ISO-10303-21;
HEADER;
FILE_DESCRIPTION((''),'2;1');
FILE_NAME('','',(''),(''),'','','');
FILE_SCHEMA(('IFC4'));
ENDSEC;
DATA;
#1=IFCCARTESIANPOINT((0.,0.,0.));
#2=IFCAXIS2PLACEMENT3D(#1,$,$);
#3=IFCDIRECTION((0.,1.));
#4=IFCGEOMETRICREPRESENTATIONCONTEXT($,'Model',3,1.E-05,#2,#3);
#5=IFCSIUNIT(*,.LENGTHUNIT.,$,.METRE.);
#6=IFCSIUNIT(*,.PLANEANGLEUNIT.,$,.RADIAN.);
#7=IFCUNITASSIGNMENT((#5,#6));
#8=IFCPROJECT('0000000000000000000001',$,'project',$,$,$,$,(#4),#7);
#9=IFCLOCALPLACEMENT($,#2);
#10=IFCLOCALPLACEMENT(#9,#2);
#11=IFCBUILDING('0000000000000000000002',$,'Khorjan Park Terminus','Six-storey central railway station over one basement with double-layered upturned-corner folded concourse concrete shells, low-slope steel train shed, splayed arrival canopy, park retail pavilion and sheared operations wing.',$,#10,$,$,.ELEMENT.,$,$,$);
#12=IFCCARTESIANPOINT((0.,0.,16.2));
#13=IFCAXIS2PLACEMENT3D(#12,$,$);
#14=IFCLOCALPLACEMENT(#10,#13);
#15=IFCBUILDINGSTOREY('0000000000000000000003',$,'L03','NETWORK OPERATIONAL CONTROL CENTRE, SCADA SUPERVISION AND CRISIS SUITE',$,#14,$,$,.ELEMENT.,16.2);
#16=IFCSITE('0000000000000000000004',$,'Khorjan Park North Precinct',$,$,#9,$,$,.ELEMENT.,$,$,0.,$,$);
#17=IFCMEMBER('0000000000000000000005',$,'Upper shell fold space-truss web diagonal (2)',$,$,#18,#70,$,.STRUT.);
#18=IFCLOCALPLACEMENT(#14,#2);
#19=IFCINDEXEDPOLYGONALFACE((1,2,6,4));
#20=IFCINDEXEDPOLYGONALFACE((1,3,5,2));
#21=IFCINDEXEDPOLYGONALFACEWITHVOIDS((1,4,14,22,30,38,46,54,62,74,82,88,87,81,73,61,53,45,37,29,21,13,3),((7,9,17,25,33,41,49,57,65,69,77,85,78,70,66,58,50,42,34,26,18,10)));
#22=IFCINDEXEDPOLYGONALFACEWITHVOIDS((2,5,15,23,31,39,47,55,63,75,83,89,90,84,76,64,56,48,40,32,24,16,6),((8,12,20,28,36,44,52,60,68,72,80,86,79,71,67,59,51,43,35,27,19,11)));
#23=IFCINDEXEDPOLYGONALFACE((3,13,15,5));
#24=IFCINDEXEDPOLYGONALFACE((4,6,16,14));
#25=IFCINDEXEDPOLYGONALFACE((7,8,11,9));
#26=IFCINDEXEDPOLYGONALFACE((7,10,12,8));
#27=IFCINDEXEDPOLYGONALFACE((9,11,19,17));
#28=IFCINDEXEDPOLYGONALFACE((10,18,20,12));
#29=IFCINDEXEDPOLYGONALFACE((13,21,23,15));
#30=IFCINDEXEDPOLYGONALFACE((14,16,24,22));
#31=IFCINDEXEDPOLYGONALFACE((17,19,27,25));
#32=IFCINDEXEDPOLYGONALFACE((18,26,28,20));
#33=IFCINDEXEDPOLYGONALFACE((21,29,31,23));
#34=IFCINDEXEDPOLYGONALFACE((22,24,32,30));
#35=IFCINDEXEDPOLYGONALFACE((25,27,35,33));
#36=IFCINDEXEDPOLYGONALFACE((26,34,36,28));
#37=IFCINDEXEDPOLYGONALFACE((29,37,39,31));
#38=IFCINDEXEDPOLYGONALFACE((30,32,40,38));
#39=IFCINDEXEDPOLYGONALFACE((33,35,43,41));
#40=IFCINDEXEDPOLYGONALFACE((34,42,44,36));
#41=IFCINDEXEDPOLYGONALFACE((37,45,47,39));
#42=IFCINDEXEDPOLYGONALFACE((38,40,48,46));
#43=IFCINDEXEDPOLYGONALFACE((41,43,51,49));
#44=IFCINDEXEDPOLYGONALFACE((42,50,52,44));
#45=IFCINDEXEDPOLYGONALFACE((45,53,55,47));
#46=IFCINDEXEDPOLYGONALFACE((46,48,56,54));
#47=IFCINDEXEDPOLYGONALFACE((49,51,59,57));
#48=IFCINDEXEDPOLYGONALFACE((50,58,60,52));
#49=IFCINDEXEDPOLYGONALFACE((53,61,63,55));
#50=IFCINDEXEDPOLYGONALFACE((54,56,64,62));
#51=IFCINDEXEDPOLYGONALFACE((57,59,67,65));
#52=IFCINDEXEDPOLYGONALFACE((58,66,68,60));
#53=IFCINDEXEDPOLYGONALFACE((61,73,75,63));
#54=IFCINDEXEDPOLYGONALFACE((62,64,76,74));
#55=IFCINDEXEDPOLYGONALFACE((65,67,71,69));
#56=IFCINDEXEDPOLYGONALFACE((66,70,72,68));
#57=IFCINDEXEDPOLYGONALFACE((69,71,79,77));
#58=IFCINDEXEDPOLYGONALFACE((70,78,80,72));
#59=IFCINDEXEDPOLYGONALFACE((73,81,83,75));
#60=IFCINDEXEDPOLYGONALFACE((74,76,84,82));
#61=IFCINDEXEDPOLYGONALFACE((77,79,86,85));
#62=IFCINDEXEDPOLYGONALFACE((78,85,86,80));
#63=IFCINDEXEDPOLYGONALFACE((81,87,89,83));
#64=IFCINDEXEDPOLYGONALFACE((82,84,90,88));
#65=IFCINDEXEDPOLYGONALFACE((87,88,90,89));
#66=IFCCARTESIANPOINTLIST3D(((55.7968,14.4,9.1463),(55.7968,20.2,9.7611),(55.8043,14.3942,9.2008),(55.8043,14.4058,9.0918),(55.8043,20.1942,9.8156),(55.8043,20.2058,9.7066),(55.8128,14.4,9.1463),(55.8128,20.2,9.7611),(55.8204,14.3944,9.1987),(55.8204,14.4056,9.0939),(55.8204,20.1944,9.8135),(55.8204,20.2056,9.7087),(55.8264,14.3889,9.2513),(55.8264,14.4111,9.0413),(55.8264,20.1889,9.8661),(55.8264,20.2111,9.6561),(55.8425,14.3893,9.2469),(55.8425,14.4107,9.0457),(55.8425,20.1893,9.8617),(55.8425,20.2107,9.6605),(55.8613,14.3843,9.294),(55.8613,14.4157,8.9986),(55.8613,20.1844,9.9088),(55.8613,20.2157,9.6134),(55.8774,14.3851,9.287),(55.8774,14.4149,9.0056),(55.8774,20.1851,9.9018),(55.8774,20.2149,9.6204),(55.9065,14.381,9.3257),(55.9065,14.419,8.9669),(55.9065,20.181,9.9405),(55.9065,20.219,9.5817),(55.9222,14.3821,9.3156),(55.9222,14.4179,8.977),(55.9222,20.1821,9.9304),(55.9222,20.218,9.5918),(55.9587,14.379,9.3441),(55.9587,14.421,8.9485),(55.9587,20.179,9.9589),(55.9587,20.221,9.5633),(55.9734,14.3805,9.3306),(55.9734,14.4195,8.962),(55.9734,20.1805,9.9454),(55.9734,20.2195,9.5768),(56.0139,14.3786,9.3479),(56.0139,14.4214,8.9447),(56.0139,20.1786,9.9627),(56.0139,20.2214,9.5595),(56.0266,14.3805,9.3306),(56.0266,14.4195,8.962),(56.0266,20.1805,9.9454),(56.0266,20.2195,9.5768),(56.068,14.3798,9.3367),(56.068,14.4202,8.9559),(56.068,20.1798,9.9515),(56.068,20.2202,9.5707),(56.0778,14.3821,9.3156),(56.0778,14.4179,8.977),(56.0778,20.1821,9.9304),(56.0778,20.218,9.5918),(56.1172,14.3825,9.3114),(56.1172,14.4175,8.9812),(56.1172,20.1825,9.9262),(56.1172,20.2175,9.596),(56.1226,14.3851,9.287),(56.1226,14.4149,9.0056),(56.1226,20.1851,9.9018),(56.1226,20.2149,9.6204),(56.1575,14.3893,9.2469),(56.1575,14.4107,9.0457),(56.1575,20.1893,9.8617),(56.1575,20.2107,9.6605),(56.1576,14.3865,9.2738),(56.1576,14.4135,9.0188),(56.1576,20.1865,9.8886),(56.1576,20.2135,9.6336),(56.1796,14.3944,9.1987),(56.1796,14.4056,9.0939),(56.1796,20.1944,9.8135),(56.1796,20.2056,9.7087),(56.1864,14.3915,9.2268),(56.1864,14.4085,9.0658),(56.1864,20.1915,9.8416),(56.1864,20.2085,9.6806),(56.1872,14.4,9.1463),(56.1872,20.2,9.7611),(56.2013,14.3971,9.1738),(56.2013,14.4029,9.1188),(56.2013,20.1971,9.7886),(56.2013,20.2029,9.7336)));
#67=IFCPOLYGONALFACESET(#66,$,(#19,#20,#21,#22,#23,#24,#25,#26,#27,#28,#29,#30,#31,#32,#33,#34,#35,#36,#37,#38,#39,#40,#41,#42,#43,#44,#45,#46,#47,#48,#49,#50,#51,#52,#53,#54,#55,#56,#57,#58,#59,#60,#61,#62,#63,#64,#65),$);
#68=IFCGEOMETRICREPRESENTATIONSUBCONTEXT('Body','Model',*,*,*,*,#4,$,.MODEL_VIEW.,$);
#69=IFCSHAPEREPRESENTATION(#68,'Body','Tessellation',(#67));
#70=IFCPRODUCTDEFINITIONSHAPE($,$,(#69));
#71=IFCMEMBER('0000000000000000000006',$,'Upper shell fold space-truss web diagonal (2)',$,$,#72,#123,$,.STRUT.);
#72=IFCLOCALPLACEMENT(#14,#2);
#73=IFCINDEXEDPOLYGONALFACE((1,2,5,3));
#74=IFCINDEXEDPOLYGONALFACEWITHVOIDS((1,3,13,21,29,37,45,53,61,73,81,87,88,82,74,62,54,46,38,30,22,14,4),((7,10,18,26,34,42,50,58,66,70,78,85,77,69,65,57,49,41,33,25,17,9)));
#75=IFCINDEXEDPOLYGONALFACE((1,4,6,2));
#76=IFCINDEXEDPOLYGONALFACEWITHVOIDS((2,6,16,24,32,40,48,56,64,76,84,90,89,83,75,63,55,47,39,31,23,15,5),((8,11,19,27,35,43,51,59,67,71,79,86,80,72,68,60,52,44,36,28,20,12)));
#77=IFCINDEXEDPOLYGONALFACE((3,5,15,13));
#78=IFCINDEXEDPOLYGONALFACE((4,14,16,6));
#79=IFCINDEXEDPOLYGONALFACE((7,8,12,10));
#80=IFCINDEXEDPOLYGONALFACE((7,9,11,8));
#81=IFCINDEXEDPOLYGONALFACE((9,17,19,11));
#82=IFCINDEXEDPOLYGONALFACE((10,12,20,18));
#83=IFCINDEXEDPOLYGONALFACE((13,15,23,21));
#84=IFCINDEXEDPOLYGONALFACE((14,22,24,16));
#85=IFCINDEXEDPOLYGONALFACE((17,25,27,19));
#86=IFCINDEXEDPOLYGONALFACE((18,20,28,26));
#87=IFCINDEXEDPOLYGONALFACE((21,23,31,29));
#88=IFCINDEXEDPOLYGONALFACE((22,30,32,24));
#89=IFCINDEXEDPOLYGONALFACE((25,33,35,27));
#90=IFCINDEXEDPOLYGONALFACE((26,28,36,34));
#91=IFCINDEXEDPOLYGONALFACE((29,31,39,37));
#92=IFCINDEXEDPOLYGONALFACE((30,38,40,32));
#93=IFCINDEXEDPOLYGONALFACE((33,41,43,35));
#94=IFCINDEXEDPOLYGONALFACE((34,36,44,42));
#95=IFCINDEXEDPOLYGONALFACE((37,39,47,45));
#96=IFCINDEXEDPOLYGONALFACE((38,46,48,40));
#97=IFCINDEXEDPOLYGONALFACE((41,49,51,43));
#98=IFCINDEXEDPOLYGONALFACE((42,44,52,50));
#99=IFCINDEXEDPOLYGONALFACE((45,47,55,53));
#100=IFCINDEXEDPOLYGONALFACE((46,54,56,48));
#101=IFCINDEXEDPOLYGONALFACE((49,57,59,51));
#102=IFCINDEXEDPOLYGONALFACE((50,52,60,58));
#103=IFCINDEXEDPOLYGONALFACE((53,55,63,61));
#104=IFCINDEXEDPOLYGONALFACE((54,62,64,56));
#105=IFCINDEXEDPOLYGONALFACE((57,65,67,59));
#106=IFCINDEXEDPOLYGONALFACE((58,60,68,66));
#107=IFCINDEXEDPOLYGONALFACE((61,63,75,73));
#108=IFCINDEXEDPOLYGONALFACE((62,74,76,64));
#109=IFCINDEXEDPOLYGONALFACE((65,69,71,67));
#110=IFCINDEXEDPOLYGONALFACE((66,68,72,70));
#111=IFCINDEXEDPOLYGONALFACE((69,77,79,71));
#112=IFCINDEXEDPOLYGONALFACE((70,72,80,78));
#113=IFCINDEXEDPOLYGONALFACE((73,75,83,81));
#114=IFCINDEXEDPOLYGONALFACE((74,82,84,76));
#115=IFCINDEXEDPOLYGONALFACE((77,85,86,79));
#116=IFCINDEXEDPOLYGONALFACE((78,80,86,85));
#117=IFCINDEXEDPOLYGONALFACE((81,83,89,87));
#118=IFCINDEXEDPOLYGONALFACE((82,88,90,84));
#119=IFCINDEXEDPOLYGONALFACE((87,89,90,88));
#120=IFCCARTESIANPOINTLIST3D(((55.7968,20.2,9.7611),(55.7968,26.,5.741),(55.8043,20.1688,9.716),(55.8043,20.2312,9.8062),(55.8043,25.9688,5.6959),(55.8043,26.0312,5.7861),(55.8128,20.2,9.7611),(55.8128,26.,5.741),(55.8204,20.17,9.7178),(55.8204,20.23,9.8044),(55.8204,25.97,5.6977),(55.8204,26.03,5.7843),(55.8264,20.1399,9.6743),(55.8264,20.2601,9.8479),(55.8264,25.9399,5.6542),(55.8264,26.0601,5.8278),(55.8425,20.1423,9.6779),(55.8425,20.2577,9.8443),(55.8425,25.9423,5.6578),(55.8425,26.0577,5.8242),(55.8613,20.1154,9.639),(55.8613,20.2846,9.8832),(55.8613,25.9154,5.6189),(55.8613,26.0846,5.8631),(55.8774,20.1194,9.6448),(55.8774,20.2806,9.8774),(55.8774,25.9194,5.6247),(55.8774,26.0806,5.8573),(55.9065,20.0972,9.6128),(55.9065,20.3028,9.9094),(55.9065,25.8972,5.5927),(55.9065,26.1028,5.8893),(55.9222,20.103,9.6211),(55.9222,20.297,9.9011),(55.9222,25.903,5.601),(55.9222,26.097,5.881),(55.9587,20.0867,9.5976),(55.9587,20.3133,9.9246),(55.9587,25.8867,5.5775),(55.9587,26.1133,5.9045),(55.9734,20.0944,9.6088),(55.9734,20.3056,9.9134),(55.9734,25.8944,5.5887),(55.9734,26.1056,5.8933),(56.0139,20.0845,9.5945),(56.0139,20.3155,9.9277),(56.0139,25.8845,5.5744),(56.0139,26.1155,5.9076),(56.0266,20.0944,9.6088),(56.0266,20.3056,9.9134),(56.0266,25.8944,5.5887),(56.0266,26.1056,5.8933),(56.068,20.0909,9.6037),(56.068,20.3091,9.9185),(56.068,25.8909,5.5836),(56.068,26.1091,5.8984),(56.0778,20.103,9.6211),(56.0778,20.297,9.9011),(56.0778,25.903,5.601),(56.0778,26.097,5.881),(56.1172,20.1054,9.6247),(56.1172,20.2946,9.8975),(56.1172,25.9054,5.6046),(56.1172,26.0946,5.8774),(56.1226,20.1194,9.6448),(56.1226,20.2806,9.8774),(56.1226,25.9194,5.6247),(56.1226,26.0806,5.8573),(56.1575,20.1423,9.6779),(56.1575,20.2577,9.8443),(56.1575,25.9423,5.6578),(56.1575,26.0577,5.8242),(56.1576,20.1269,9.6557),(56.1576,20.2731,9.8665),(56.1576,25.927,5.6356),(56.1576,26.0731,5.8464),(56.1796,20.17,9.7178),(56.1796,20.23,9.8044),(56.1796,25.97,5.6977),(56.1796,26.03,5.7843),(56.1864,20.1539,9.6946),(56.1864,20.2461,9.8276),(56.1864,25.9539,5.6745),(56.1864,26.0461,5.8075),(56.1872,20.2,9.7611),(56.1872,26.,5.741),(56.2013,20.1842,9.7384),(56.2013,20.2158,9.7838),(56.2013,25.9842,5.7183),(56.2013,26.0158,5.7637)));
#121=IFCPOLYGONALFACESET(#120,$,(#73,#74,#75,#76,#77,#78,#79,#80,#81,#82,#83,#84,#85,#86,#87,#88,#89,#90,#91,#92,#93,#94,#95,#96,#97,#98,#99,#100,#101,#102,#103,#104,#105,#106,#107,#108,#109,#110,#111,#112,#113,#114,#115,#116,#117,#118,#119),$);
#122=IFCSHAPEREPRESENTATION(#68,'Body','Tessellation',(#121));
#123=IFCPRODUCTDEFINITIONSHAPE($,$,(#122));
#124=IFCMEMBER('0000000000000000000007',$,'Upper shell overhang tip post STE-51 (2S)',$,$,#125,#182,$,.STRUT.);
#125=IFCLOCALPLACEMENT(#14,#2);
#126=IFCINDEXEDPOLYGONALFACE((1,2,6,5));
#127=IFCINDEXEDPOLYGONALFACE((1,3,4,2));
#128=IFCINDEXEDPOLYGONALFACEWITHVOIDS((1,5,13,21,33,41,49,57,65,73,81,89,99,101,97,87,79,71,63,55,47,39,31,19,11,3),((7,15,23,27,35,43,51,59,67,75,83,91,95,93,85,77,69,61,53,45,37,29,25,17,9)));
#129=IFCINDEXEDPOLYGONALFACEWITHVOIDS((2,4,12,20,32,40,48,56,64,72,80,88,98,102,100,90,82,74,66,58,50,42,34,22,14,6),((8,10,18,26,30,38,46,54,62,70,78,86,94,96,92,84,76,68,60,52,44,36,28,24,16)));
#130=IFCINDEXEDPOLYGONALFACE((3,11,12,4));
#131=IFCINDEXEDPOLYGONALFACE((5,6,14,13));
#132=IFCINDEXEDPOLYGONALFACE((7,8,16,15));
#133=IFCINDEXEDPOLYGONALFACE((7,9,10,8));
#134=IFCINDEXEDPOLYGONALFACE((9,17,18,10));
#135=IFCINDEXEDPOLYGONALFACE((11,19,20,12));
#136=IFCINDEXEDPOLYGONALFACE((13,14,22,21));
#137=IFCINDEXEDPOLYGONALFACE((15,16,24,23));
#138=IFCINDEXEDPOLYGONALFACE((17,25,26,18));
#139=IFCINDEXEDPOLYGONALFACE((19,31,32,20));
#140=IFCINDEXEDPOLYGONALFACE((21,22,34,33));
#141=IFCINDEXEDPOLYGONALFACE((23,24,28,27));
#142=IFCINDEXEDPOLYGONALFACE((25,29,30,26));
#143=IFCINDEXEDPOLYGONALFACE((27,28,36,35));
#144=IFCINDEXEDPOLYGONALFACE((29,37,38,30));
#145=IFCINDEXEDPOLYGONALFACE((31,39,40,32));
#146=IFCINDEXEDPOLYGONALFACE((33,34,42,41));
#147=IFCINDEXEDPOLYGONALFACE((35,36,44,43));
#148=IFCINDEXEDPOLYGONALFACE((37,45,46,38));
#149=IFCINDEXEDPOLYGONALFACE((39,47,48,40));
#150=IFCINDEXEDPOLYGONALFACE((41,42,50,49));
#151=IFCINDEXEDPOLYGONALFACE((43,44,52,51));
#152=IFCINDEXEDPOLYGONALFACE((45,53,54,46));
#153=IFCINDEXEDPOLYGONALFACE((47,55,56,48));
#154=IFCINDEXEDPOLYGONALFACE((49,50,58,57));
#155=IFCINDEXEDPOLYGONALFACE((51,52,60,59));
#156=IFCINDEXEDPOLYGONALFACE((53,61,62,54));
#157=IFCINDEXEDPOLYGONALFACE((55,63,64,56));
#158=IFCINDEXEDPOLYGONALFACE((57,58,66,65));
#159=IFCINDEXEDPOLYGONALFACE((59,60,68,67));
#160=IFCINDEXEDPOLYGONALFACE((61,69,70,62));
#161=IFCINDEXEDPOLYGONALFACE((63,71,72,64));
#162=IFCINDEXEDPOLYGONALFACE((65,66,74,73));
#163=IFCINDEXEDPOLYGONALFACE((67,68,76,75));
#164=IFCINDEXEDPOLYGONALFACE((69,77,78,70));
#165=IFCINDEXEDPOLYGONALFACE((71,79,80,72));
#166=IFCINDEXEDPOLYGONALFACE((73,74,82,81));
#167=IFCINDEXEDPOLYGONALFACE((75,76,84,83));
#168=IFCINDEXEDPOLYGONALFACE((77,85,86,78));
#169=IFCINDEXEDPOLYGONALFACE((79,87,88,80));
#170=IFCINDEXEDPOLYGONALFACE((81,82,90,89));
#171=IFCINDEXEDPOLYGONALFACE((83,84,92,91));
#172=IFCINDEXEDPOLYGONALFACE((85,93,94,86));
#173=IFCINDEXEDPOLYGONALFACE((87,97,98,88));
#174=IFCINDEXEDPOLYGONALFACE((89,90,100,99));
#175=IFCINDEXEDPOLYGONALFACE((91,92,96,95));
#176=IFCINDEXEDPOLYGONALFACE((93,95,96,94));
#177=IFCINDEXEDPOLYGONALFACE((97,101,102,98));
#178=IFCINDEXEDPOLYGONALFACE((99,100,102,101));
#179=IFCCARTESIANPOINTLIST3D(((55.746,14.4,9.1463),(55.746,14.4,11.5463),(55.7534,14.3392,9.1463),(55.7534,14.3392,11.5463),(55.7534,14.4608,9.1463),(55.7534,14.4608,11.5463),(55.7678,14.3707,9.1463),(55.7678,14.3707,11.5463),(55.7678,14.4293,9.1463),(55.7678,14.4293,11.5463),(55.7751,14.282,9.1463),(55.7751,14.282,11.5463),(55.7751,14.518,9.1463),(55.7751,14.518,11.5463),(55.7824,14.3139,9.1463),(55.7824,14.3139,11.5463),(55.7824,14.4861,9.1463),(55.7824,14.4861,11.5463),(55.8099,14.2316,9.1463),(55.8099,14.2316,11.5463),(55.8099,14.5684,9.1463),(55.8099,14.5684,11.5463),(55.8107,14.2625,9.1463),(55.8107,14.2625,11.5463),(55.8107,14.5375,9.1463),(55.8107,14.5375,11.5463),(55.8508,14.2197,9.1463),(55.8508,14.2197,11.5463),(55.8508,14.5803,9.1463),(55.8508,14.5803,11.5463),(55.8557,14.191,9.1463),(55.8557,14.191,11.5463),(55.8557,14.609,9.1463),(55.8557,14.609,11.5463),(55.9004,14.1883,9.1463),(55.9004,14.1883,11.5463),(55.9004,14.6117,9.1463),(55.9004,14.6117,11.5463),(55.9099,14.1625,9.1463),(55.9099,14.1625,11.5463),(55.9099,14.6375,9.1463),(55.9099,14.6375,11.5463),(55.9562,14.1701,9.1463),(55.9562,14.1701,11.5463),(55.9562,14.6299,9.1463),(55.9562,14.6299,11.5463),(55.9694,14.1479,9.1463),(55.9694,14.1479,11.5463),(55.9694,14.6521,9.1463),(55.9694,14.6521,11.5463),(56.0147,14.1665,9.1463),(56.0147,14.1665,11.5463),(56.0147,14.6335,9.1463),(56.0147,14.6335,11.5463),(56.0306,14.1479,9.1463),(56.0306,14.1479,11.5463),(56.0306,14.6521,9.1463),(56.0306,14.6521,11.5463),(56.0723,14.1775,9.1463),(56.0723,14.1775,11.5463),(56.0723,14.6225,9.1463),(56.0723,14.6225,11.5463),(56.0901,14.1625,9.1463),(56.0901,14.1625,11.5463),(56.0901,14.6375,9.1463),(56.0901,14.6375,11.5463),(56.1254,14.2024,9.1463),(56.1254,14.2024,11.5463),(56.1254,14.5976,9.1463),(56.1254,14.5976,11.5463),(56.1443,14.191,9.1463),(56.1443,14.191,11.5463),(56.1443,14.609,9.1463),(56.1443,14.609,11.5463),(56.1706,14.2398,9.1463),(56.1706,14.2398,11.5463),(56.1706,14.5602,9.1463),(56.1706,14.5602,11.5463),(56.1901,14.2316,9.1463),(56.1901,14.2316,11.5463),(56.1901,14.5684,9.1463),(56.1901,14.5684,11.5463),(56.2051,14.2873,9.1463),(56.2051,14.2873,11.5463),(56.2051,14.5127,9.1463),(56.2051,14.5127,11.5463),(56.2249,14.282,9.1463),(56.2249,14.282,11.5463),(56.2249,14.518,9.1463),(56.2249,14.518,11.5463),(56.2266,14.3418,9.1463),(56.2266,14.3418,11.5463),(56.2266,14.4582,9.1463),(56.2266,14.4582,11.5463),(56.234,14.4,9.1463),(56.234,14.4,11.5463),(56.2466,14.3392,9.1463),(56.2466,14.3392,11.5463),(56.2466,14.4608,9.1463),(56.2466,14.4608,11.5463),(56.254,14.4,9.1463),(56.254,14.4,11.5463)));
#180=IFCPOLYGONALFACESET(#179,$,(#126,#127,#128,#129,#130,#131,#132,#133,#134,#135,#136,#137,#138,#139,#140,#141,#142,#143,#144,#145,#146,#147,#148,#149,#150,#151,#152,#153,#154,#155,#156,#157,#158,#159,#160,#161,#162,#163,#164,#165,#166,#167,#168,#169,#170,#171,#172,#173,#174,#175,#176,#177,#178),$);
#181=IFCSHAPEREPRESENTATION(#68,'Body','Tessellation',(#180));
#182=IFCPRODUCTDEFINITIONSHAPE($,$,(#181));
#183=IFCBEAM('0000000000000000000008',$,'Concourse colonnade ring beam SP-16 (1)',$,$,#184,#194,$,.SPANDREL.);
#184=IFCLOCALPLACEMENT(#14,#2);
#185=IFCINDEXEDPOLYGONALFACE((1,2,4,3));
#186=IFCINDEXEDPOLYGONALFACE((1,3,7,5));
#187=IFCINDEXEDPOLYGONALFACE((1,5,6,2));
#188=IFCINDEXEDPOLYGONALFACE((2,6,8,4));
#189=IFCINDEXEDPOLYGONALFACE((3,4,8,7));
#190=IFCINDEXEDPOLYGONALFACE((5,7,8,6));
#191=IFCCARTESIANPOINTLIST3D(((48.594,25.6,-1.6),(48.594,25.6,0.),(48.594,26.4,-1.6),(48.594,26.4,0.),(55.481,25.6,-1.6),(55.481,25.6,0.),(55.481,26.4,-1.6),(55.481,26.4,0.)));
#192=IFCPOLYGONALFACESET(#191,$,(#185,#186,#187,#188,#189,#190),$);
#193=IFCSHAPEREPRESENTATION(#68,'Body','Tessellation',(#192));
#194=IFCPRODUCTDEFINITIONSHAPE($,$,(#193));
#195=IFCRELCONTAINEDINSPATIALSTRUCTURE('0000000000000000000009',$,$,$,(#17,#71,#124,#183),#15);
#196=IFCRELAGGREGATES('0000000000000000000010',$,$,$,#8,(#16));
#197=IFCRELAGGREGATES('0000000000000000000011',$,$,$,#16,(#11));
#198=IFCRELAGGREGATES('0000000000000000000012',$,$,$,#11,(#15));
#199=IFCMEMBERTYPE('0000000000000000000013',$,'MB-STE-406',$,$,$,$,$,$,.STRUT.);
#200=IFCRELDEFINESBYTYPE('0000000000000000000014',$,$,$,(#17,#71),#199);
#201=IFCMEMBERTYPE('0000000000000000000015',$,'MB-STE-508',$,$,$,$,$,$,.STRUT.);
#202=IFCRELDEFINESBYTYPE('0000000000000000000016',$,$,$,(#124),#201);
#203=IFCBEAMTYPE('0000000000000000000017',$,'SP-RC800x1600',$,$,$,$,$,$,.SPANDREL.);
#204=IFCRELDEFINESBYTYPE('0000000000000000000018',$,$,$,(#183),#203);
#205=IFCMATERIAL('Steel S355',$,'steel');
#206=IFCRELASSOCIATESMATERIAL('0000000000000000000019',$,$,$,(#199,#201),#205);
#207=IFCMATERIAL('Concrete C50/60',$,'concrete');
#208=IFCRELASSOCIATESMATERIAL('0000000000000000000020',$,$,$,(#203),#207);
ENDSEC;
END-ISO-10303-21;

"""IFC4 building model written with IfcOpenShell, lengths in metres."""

from ifc_helpers import new_model, si_unit, direction, frame, origin, origin_2d, place, context, subcontext, project, spatial, rectangle, hollow_circle, extrude, material, material_profile, profile_set, type_object, element, save


model = new_model("IFC4")

# Units and contexts
model_context = context("Model", 3, precision=1e-05, world=origin(), true_north=direction((0.0, 1.0)))
body_context = subcontext(model_context, "Body", "Model", "MODEL_VIEW")
ifc_project = project(units=[si_unit("LENGTHUNIT", "METRE"), si_unit("PLANEANGLEUNIT", "RADIAN")], contexts=[model_context])

# Site, building, storey
site_placement = place(None, origin())
site = spatial("IfcSite", under=ifc_project, at=site_placement, Name="Khorjan Park North Precinct", CompositionType="ELEMENT", RefElevation=0.0)
building_placement = place(site_placement, origin())
building = spatial("IfcBuilding", under=site, at=building_placement, Name="Khorjan Park Terminus", Description="Six-storey central railway station over one basement with double-layered upturned-corner folded concourse concrete shells, low-slope steel train shed, splayed arrival canopy, park retail pavilion and sheared operations wing.", CompositionType="ELEMENT")
storey_placement = place(building_placement, frame((0.0, 0.0, 16.2)))
storey = spatial("IfcBuildingStorey", under=building, at=storey_placement, Name="L03", Description="NETWORK OPERATIONAL CONTROL CENTRE, SCADA SUPERVISION AND CRISIS SUITE", CompositionType="ELEMENT", Elevation=16.2)

# Shared definitions
ifc_material_1 = material(Name="Concrete C50/60", Category="concrete")

# Members
ifc_material_2 = material(Name="Steel S355", Category="steel")
ifc_material_profile_1 = material_profile(ifc_material_2, hollow_circle(Radius=0.2032, WallThickness=0.016, at=origin_2d()), Name="CHS 406.4x16")
ifc_profile_set_1 = profile_set([ifc_material_profile_1], Name="Steel S355")
member_type_1 = type_object("IfcMemberType", Name="MB-STE-406", PredefinedType="STRUT", material=ifc_profile_set_1)
member_1_placement = place(storey_placement, frame((56.0, 14.4, 9.1463), z_axis=(0.0, 0.994429, 0.105409), x_axis=(-1.0, 0.0, 0.0)))
element("IfcMember", 1, at=member_1_placement, inside=storey, type_object=member_type_1, Name="Upper shell fold space-truss web diagonal (2)", PredefinedType="STRUT", context=body_context, shape_type="SweptSolid", body=[
    extrude(hollow_circle(Radius=0.2032, WallThickness=0.016, at=origin_2d()), origin(), (0.0, 0.0, 1.0), 5.8325),
])
member_2_placement = place(storey_placement, frame((56.0, 20.2, 9.7611), z_axis=(0.0, 0.821879, -0.569662), x_axis=(-1.0, 0.0, 0.0)))
element("IfcMember", 2, at=member_2_placement, inside=storey, type_object=member_type_1, Name="Upper shell fold space-truss web diagonal (2)", PredefinedType="STRUT", context=body_context, shape_type="SweptSolid", body=[
    extrude(hollow_circle(Radius=0.2032, WallThickness=0.016, at=origin_2d()), origin(), (0.0, 0.0, 1.0), 7.057),
])
ifc_material_profile_2 = material_profile(ifc_material_2, hollow_circle(Radius=0.254, WallThickness=0.02, at=origin_2d()), Name="CHS 508x20")
ifc_profile_set_2 = profile_set([ifc_material_profile_2], Name="Steel S355")
member_type_2 = type_object("IfcMemberType", Name="MB-STE-508", PredefinedType="STRUT", material=ifc_profile_set_2)
member_3_placement = place(storey_placement, frame((56.0, 14.4, 9.1463), z_axis=(0.0, 0.0, 1.0), x_axis=(1.0, 0.0, 0.0)))
element("IfcMember", 3, at=member_3_placement, inside=storey, type_object=member_type_2, Name="Upper shell overhang tip post STE-51 (2S)", PredefinedType="STRUT", context=body_context, shape_type="SweptSolid", body=[
    extrude(hollow_circle(Radius=0.254, WallThickness=0.02, at=origin_2d()), origin(), (0.0, 0.0, 1.0), 2.4),
])

# Beam
ifc_material_profile_3 = material_profile(ifc_material_1, rectangle(XDim=0.8, YDim=1.6, at=origin_2d()), Name="RC 800x1600")
ifc_profile_set_3 = profile_set([ifc_material_profile_3], Name="Concrete C50/60")
beam_type_1 = type_object("IfcBeamType", Name="SP-RC800x1600", PredefinedType="SPANDREL", material=ifc_profile_set_3)
beam_1_placement = place(storey_placement, frame((48.594, 26.0, -0.8), z_axis=(1.0, 0.0, 0.0), x_axis=(0.0, 1.0, 0.0)))
element("IfcBeam", 4, at=beam_1_placement, inside=storey, type_object=beam_type_1, Name="Concourse colonnade ring beam SP-16 (1)", PredefinedType="SPANDREL", context=body_context, shape_type="SweptSolid", body=[
    extrude(rectangle(XDim=0.8, YDim=1.6, at=origin_2d()), origin(), (0.0, 0.0, 1.0), 6.887),
])

save(model, "model.ifc")
